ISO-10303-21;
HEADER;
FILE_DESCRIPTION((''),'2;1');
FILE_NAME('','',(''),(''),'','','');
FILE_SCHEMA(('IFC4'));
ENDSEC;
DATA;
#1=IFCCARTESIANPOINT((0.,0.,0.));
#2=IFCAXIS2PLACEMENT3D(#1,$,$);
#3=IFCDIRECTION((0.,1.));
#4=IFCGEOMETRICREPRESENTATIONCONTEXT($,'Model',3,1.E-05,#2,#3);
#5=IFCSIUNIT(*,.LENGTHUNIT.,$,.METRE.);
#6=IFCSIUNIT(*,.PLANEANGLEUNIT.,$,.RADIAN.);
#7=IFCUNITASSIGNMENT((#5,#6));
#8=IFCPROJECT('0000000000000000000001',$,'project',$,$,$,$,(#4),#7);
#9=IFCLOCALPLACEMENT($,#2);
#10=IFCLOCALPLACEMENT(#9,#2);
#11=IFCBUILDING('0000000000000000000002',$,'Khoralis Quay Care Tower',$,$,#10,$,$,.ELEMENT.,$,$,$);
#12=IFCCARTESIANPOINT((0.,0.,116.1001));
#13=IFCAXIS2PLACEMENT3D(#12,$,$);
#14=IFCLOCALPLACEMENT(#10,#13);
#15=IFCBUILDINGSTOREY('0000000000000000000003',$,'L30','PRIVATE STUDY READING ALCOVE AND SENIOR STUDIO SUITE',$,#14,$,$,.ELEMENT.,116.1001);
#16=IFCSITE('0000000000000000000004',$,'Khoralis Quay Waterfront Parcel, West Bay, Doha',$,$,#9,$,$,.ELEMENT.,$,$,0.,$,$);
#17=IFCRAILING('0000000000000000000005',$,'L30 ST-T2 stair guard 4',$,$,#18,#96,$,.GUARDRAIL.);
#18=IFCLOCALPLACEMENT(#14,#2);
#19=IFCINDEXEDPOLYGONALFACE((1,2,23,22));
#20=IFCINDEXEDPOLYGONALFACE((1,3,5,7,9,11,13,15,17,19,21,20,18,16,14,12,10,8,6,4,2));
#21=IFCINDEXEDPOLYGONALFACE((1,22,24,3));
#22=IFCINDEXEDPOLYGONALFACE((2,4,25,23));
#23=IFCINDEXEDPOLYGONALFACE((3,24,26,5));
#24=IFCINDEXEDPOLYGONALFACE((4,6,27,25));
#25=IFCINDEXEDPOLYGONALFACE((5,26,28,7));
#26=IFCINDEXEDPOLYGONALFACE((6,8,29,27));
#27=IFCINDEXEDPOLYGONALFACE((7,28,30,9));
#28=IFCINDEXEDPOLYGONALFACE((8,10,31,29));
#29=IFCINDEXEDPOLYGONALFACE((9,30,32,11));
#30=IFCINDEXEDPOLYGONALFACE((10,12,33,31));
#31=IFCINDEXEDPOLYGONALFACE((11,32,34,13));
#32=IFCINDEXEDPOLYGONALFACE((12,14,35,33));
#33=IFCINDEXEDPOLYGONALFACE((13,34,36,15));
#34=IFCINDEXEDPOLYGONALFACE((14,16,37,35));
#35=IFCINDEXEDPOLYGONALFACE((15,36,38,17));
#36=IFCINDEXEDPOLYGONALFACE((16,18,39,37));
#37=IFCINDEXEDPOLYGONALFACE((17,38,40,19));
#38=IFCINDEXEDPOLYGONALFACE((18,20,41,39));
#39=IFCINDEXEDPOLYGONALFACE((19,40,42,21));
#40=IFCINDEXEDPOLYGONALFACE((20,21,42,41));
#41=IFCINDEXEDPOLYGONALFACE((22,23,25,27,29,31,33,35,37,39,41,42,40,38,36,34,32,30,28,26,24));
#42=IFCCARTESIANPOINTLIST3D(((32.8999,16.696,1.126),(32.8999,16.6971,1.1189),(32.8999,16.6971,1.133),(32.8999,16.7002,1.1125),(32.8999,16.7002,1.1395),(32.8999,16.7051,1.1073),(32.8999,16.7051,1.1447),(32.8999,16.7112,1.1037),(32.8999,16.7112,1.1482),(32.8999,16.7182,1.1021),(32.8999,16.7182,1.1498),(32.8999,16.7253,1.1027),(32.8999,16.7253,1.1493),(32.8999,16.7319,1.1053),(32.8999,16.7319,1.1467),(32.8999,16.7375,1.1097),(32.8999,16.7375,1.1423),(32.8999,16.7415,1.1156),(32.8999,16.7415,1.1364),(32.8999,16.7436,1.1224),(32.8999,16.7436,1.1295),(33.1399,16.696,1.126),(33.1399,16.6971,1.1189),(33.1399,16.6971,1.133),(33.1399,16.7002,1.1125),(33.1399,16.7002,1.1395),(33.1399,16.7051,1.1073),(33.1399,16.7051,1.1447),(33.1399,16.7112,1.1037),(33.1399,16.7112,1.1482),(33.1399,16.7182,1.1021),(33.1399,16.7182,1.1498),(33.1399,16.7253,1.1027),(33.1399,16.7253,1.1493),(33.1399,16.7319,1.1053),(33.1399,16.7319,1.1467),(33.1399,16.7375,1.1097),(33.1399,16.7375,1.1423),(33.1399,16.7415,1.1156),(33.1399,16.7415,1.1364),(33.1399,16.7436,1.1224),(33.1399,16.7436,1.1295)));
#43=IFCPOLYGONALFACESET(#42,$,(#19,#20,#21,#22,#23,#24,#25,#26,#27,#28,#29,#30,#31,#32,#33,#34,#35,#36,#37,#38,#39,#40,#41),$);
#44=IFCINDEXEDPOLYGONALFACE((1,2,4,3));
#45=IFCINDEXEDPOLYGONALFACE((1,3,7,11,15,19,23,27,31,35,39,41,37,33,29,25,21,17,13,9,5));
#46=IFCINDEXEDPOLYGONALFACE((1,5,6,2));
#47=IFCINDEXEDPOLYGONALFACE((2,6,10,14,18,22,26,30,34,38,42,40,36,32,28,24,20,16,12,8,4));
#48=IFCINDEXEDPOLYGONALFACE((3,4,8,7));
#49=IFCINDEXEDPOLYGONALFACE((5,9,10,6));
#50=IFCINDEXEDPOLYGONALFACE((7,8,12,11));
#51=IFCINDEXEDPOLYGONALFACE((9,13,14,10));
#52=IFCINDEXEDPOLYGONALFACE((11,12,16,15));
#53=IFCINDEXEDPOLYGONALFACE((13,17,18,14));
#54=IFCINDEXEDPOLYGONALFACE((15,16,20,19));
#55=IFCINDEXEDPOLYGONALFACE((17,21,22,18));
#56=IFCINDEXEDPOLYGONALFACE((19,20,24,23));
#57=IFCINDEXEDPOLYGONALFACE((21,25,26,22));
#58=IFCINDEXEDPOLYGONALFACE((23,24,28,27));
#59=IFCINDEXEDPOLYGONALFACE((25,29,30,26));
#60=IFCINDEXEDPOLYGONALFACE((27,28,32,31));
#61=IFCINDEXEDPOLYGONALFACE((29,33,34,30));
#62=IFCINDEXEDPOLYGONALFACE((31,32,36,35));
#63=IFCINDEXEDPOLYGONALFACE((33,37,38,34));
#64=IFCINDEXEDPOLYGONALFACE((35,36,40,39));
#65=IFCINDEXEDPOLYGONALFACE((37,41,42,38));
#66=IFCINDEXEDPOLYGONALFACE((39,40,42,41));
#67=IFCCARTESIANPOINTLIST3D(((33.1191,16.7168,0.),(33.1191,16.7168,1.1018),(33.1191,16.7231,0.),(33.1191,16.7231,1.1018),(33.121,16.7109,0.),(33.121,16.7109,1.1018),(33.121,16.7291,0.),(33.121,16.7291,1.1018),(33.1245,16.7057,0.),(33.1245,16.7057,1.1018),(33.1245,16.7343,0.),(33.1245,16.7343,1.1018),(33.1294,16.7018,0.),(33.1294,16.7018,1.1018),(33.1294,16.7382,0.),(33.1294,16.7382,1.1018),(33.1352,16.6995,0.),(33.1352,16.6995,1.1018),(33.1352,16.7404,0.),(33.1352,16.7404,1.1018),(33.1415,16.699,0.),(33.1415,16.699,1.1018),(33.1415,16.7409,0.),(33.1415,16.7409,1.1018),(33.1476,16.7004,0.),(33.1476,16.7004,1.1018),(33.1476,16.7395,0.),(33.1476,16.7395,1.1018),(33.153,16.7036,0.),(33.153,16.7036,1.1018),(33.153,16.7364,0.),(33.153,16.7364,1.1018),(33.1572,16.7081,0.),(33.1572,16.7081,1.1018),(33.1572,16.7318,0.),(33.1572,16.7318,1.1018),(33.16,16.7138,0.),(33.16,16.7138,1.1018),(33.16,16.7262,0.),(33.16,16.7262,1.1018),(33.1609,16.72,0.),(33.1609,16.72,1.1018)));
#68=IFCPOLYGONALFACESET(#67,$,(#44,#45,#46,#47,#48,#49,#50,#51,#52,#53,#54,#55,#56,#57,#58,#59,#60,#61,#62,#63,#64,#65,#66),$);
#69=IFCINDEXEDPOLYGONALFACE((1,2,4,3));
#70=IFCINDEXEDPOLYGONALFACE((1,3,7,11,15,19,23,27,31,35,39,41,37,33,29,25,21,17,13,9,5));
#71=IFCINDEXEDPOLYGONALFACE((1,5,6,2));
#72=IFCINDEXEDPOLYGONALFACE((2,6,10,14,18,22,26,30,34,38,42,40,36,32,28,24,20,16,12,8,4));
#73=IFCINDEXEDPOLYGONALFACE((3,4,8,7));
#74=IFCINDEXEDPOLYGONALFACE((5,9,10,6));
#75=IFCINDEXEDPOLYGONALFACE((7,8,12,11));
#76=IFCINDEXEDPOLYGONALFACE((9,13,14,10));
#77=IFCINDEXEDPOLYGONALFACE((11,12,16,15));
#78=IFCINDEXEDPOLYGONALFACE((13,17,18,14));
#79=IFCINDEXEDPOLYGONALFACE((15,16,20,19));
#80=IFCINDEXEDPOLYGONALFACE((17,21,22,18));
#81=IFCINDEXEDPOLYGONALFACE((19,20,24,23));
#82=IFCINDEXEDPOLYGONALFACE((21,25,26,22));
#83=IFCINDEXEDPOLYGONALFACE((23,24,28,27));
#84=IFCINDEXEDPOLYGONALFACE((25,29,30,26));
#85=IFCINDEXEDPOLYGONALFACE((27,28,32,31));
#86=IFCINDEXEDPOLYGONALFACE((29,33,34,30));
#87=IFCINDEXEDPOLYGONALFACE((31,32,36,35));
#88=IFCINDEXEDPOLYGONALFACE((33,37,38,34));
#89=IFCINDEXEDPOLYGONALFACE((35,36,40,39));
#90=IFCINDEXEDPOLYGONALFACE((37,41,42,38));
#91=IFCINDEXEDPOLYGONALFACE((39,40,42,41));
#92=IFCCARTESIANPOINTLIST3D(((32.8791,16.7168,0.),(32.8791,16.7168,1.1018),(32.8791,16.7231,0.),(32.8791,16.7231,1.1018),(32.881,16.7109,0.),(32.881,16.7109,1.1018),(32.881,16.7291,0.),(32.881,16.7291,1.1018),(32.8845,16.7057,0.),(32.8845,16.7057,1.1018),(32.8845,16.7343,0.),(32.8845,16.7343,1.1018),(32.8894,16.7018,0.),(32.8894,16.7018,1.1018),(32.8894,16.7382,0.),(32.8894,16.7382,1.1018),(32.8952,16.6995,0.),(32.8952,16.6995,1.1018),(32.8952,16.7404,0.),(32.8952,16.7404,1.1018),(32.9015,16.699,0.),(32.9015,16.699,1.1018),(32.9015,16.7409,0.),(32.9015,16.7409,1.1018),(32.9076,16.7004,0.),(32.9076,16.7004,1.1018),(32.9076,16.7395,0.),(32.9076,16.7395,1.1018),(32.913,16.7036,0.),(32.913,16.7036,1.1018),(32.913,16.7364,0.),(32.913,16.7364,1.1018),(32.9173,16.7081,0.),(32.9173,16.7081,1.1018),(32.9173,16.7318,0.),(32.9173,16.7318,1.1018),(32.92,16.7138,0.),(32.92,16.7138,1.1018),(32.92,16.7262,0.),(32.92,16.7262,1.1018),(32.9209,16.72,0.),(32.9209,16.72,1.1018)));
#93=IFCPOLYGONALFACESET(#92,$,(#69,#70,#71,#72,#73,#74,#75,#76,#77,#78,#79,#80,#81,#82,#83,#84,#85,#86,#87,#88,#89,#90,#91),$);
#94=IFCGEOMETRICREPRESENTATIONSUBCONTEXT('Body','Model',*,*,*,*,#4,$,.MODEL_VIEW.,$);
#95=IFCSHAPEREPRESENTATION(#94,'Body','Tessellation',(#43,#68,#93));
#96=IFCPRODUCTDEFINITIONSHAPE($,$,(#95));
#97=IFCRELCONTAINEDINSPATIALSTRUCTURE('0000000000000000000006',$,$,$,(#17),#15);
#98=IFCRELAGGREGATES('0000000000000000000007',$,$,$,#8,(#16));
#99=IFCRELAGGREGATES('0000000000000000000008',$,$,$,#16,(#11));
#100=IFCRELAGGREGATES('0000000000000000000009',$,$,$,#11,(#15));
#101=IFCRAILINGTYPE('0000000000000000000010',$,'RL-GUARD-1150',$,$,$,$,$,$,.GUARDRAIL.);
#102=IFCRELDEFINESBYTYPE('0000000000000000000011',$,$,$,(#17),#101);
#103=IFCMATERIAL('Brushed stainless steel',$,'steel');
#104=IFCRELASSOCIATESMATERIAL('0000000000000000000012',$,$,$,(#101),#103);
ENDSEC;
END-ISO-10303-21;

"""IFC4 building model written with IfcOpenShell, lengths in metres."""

from ifc_helpers import new_model, si_unit, direction, frame, origin, origin_2d, place, context, subcontext, project, spatial, circle, extrude, material, type_object, element, save


model = new_model("IFC4")

# Units and contexts
model_context = context("Model", 3, precision=1e-05, world=origin(), true_north=direction((0.0, 1.0)))
body_context = subcontext(model_context, "Body", "Model", "MODEL_VIEW")
ifc_project = project(units=[si_unit("LENGTHUNIT", "METRE"), si_unit("PLANEANGLEUNIT", "RADIAN")], contexts=[model_context])

# Site, building, storey
site_placement = place(None, origin())
site = spatial("IfcSite", under=ifc_project, at=site_placement, Name="Khoralis Quay Waterfront Parcel, West Bay, Doha", CompositionType="ELEMENT", RefElevation=0.0)
building_placement = place(site_placement, origin())
building = spatial("IfcBuilding", under=site, at=building_placement, Name="Khoralis Quay Care Tower", CompositionType="ELEMENT")
storey_placement = place(building_placement, frame((0.0, 0.0, 116.1001)))
storey = spatial("IfcBuildingStorey", under=building, at=storey_placement, Name="L30", Description="PRIVATE STUDY READING ALCOVE AND SENIOR STUDIO SUITE", CompositionType="ELEMENT", Elevation=116.1001)

# Shared definitions
ifc_material_1 = material(Name="Brushed stainless steel", Category="steel")

# Railing
railing_type_1 = type_object("IfcRailingType", Name="RL-GUARD-1150", PredefinedType="GUARDRAIL", material=ifc_material_1)
railing_1_placement = place(storey_placement, frame((33.1399, 16.72, 0.0)))
element("IfcRailing", 1, at=railing_1_placement, inside=storey, type_object=railing_type_1, Name="L30 ST-T2 stair guard 4", PredefinedType="GUARDRAIL", context=body_context, shape_type="SweptSolid", body=[
    extrude(circle(Radius=0.0239, at=origin_2d()), frame((0.0, 0.0, 1.126), z_axis=(-1.0, 0.0, 0.0), x_axis=(0.0, -1.0, 0.0)), (0.0, 0.0, 1.0), 0.24),
    extrude(circle(Radius=0.021, at=origin_2d()), origin(), (0.0, 0.0, 1.0), 1.1018),
    extrude(circle(Radius=0.021, at=origin_2d()), frame((-0.24, 0.0, 0.0)), (0.0, 0.0, 1.0), 1.1018),
])

save(model, "model.ifc")
